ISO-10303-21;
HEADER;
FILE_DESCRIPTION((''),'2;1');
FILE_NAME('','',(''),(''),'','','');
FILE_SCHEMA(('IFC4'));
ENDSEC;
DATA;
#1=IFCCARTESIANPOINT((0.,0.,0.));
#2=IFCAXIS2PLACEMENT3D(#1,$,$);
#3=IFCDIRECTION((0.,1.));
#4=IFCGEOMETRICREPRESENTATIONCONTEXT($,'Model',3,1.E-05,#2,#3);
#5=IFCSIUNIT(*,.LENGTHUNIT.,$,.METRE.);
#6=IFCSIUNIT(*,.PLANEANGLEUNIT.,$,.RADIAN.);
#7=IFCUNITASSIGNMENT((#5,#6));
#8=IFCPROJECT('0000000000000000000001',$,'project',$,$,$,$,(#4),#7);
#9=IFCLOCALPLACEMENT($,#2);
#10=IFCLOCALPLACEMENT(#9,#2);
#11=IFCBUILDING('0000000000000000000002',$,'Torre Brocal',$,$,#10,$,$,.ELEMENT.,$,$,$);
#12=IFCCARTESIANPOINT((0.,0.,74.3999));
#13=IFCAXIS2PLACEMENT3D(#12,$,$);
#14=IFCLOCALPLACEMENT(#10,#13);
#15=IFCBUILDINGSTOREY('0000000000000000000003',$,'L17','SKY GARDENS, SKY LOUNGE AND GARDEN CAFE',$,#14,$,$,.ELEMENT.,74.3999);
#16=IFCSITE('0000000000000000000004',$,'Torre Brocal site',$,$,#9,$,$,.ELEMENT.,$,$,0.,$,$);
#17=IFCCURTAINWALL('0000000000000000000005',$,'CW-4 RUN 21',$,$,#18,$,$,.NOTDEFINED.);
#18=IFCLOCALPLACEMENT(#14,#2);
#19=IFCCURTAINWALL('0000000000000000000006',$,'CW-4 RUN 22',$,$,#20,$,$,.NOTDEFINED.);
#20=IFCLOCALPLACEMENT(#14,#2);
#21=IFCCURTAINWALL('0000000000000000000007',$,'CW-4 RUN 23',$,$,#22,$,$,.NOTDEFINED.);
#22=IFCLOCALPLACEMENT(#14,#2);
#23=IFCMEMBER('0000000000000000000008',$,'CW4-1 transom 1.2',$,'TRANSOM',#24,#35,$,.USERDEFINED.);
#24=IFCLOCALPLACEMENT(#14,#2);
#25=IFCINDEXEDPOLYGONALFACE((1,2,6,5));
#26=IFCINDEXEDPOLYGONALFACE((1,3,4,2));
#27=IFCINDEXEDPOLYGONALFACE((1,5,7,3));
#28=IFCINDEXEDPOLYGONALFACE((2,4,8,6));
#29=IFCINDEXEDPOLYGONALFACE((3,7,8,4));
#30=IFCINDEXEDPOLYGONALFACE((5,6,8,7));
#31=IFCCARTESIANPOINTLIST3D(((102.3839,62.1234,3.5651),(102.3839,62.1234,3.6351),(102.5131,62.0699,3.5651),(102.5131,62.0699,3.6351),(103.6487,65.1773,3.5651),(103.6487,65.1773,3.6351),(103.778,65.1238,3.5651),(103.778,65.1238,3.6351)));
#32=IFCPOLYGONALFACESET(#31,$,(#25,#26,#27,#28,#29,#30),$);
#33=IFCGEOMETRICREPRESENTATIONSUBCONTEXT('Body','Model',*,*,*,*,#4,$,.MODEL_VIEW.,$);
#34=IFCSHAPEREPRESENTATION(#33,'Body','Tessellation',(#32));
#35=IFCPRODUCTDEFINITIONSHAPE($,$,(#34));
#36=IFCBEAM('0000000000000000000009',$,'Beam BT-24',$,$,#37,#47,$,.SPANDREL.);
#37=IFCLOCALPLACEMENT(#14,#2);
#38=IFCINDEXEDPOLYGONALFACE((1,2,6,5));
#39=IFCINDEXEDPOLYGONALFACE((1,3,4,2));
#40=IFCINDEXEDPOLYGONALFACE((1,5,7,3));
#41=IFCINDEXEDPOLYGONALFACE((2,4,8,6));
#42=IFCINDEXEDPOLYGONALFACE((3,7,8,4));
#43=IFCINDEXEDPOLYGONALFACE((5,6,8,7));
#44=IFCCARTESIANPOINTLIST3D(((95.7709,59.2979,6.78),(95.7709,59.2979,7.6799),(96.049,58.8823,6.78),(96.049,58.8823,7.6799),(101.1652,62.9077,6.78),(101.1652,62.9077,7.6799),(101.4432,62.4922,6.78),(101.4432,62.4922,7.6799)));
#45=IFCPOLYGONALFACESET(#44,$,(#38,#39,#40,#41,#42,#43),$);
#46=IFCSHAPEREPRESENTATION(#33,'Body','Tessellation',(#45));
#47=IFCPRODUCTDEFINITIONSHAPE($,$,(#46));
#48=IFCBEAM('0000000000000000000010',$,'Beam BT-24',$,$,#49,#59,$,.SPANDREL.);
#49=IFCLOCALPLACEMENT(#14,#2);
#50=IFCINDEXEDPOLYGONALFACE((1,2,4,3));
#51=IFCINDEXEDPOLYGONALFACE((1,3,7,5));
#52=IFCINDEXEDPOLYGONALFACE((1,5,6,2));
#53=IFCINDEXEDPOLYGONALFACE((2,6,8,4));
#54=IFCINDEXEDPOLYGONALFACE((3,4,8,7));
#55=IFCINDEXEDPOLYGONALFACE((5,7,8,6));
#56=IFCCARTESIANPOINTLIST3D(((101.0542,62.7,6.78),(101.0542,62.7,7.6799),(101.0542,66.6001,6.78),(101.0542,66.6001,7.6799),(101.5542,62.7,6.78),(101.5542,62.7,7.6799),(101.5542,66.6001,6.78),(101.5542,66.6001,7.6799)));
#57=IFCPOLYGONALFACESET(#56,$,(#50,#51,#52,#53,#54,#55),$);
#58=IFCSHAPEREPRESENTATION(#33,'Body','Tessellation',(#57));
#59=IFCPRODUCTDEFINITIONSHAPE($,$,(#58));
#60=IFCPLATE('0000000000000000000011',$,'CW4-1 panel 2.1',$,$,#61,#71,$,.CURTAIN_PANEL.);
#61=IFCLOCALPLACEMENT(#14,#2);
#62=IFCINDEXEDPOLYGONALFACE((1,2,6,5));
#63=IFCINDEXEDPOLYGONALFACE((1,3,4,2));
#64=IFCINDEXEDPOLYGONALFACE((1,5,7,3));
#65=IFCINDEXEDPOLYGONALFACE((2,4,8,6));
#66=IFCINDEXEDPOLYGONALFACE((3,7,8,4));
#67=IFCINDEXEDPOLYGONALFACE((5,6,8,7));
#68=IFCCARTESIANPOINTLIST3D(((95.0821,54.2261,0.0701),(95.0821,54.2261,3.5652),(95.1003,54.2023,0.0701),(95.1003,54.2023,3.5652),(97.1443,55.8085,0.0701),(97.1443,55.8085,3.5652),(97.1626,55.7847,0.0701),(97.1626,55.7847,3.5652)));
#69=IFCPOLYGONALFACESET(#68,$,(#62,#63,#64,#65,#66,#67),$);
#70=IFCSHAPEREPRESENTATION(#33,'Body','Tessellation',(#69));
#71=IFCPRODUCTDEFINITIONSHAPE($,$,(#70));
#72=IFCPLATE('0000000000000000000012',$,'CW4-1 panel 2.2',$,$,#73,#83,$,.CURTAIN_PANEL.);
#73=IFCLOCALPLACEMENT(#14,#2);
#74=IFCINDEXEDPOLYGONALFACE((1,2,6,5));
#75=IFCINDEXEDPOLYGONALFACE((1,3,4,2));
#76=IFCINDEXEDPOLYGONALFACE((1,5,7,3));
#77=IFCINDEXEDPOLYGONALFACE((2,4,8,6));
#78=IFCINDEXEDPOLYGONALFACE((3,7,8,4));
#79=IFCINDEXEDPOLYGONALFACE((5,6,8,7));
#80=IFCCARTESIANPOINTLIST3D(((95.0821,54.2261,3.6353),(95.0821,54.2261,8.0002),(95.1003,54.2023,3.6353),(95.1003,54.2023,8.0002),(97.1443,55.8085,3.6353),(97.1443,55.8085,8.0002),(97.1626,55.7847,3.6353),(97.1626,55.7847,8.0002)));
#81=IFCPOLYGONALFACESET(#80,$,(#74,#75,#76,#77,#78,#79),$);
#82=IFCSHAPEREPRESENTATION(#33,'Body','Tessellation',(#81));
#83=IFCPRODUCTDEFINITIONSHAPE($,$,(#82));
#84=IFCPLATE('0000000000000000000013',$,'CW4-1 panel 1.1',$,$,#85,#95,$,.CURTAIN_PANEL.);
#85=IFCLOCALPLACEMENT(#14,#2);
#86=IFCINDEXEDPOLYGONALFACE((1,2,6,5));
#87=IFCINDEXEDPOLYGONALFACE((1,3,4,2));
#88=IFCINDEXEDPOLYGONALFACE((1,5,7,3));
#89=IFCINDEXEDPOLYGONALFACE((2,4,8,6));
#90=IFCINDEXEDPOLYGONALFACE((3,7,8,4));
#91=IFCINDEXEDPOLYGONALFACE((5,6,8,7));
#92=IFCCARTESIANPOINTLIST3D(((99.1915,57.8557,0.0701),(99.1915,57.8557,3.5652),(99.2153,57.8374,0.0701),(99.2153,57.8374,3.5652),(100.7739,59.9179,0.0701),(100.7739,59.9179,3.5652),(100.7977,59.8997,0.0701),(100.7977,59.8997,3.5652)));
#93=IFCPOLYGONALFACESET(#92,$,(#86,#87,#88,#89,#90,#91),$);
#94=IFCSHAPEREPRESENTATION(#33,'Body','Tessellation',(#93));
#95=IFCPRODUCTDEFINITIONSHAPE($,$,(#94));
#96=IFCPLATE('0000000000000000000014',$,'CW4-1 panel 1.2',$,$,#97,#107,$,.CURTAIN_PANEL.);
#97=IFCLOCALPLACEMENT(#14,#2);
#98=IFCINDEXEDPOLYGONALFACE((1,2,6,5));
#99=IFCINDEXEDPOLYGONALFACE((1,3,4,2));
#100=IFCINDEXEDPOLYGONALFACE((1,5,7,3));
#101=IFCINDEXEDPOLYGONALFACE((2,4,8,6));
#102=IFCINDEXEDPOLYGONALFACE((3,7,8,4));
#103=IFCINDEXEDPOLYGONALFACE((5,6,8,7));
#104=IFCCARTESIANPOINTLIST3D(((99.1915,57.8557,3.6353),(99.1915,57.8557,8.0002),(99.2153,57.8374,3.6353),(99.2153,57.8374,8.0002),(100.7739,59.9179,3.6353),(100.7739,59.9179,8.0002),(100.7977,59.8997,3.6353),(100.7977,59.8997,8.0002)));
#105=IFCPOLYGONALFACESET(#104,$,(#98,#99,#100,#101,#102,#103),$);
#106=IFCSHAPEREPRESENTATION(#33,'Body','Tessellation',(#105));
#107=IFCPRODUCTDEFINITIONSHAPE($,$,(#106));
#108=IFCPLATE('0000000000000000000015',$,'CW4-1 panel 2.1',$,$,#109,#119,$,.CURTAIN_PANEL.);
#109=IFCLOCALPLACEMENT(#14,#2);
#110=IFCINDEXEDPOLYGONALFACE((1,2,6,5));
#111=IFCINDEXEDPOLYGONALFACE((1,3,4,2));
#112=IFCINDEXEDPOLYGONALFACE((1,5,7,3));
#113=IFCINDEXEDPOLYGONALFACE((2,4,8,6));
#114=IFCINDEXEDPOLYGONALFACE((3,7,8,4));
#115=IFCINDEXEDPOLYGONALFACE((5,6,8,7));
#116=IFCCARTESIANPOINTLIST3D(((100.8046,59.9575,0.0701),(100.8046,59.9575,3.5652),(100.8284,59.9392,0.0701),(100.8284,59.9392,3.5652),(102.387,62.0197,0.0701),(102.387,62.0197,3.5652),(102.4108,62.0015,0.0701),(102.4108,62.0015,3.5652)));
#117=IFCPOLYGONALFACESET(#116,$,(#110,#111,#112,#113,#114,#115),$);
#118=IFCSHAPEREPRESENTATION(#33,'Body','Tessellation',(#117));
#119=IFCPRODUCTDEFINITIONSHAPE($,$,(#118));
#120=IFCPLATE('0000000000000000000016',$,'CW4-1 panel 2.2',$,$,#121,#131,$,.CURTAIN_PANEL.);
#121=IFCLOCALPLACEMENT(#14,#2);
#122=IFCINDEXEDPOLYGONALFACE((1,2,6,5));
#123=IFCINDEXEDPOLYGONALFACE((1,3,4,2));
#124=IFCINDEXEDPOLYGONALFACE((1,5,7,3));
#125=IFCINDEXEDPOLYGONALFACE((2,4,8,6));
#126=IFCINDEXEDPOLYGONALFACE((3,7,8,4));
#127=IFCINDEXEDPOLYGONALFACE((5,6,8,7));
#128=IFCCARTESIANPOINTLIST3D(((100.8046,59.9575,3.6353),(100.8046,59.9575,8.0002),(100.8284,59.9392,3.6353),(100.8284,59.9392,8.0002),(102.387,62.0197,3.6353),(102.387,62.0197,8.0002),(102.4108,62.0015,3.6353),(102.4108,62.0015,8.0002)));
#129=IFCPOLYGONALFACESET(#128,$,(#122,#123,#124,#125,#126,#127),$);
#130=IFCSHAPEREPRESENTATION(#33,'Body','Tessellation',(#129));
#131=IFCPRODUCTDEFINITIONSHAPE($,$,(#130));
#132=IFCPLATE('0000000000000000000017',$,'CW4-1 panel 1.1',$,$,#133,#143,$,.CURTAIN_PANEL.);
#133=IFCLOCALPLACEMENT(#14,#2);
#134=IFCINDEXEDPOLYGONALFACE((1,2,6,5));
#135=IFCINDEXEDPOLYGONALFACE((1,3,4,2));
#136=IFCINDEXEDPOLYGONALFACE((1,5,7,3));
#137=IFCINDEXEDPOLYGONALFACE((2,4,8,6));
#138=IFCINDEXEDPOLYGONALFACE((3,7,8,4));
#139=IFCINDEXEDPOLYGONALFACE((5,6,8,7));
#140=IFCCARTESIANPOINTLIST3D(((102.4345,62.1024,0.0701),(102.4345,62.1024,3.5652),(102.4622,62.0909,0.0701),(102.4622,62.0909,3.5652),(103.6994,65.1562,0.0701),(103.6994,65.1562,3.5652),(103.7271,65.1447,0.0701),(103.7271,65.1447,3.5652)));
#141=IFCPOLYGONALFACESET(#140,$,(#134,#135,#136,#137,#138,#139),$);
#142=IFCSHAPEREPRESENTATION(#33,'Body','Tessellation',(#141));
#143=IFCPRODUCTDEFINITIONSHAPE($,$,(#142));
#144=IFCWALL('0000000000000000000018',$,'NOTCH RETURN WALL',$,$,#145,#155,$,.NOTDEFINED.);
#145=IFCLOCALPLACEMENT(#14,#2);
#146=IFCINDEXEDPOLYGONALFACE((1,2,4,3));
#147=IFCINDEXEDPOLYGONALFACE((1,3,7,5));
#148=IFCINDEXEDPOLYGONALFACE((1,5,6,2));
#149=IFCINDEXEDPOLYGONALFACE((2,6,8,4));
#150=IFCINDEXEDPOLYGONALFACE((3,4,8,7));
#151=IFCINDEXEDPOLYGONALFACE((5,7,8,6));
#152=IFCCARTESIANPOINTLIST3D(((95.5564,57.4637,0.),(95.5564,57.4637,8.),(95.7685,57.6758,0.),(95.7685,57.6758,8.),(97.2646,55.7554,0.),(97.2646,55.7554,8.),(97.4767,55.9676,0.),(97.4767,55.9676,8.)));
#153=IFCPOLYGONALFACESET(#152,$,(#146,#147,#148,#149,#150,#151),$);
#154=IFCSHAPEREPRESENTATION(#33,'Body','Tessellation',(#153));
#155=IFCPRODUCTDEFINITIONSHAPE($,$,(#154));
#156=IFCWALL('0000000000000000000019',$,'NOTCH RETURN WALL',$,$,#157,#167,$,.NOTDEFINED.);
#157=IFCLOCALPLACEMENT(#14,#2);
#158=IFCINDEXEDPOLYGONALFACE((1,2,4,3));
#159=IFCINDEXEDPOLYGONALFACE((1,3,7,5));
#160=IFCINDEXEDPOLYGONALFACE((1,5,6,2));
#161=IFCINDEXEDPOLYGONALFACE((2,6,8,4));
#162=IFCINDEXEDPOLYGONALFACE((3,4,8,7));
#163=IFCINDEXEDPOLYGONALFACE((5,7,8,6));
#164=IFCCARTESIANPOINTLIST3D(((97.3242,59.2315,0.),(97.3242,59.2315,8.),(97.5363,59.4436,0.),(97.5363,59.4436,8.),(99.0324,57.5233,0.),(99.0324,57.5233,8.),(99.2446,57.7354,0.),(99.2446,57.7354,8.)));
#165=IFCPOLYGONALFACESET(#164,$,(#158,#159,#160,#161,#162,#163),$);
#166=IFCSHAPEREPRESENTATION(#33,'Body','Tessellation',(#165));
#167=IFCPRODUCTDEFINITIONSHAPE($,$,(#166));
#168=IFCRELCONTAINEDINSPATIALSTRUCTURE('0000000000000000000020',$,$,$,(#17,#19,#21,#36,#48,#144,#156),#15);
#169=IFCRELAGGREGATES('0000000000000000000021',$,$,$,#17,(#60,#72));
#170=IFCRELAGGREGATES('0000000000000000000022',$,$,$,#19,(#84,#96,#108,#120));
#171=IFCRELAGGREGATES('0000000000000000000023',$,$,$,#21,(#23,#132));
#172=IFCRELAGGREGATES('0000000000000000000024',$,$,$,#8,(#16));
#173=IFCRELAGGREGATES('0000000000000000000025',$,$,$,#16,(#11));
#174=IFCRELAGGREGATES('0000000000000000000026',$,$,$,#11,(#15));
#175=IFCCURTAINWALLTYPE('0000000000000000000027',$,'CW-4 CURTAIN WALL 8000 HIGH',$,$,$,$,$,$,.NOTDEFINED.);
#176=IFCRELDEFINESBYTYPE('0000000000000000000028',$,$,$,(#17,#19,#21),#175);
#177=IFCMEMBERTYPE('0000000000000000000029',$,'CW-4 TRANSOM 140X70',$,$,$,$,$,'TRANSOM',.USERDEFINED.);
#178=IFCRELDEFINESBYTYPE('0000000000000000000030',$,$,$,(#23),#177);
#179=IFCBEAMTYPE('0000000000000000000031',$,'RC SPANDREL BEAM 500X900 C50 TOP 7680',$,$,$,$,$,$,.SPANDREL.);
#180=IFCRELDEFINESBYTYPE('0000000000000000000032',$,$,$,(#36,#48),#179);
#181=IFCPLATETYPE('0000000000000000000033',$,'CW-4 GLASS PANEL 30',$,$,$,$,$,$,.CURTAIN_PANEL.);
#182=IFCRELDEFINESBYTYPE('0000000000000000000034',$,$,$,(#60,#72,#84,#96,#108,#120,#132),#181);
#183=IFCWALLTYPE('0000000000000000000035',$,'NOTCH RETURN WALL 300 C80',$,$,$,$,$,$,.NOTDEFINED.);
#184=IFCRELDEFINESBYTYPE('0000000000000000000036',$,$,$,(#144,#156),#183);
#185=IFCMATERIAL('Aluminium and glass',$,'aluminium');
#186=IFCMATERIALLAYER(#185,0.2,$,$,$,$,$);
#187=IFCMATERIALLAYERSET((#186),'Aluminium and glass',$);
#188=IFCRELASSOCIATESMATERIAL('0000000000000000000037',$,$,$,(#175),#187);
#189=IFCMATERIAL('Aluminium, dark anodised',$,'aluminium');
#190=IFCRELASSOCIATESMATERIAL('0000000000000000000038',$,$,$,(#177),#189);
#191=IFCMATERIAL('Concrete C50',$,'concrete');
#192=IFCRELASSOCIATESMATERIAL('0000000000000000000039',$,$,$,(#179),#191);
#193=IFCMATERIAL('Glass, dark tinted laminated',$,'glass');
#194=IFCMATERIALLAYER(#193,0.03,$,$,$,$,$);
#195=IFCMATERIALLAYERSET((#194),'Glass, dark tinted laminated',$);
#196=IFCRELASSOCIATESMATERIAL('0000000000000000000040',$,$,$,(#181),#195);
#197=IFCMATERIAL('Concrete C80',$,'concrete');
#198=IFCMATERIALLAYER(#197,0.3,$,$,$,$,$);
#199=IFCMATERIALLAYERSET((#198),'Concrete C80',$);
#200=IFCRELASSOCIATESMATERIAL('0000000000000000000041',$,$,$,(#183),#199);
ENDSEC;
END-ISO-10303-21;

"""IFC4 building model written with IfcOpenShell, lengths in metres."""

from ifc_helpers import new_model, si_unit, direction, frame, frame_2d, origin, origin_2d, place, context, subcontext, project, spatial, rectangle, extrude, material, layer, layer_set, material_profile, profile_set, type_object, element, aggregate, save


model = new_model("IFC4")

# Units and contexts
model_context = context("Model", 3, precision=1e-05, world=origin(), true_north=direction((0.0, 1.0)))
body_context = subcontext(model_context, "Body", "Model", "MODEL_VIEW")
ifc_project = project(units=[si_unit("LENGTHUNIT", "METRE"), si_unit("PLANEANGLEUNIT", "RADIAN")], contexts=[model_context])

# Site, building, storey
site_placement = place(None, origin())
site = spatial("IfcSite", under=ifc_project, at=site_placement, Name="Torre Brocal site", CompositionType="ELEMENT", RefElevation=0.0)
building_placement = place(site_placement, origin())
building = spatial("IfcBuilding", under=site, at=building_placement, Name="Torre Brocal", CompositionType="ELEMENT")
storey_placement = place(building_placement, frame((0.0, 0.0, 74.3999)))
storey = spatial("IfcBuildingStorey", under=building, at=storey_placement, Name="L17", Description="SKY GARDENS, SKY LOUNGE AND GARDEN CAFE", CompositionType="ELEMENT", Elevation=74.3999)

# Curtain wall
ifc_material_1 = material(Name="Aluminium and glass", Category="aluminium")
ifc_layer_1 = layer(ifc_material_1, 0.2)
ifc_layer_set_1 = layer_set([ifc_layer_1], Name="Aluminium and glass")
curtain_wall_type = type_object("IfcCurtainWallType", Name="CW-4 CURTAIN WALL 8000 HIGH", PredefinedType="NOTDEFINED", material=ifc_layer_set_1)
curtain_wall_1_placement = place(storey_placement, origin())
curtain_wall_1 = element("IfcCurtainWall", 1, at=curtain_wall_1_placement, inside=storey, type_object=curtain_wall_type, Name="CW-4 RUN 21", PredefinedType="NOTDEFINED")

# Curtain wall
curtain_wall_2_placement = place(storey_placement, origin())
curtain_wall_2 = element("IfcCurtainWall", 2, at=curtain_wall_2_placement, inside=storey, type_object=curtain_wall_type, Name="CW-4 RUN 22", PredefinedType="NOTDEFINED")

# Curtain wall
curtain_wall_3_placement = place(storey_placement, origin())
curtain_wall_3 = element("IfcCurtainWall", 3, at=curtain_wall_3_placement, inside=storey, type_object=curtain_wall_type, Name="CW-4 RUN 23", PredefinedType="NOTDEFINED")

# Member
ifc_material_2 = material(Name="Aluminium, dark anodised", Category="aluminium")
ifc_material_profile_1 = material_profile(ifc_material_2, rectangle(XDim=0.1399, YDim=0.0701, at=origin_2d()), Name="CW-4 TRANSOM 140X70")
ifc_profile_set_1 = profile_set([ifc_material_profile_1], Name="Aluminium, dark anodised")
member_type_1 = type_object("IfcMemberType", Name="CW-4 TRANSOM 140X70", ElementType="TRANSOM", PredefinedType="USERDEFINED", material=ifc_profile_set_1)
member_1_placement = place(storey_placement, frame((102.4485, 62.0967, 3.6001), z_axis=(0.382658, 0.92389, 0.0), x_axis=(-0.92389, 0.382658, 0.0)))
member_1 = element("IfcMember", 4, at=member_1_placement, type_object=member_type_1, Name="CW4-1 transom 1.2", ObjectType="TRANSOM", PredefinedType="USERDEFINED", context=body_context, shape_type="SweptSolid", body=[
    extrude(rectangle(XDim=0.1399, YDim=0.0701, at=origin_2d()), origin(), (0.0, 0.0, 1.0), 3.3054),
])

# Beams
ifc_material_3 = material(Name="Concrete C50", Category="concrete")
ifc_material_profile_2 = material_profile(ifc_material_3, rectangle(XDim=0.5, YDim=0.8999, at=origin_2d()), Name="RC 500X900")
ifc_profile_set_2 = profile_set([ifc_material_profile_2], Name="Concrete C50")
beam_type = type_object("IfcBeamType", Name="RC SPANDREL BEAM 500X900 C50 TOP 7680", PredefinedType="SPANDREL", material=ifc_profile_set_2)
beam_1_placement = place(storey_placement, frame((95.9099, 59.0901, 7.23), z_axis=(0.831077, 0.556158, 0.0), x_axis=(-0.556158, 0.831077, 0.0)))
element("IfcBeam", 5, at=beam_1_placement, inside=storey, type_object=beam_type, Name="Beam BT-24", PredefinedType="SPANDREL", context=body_context, shape_type="SweptSolid", body=[
    extrude(rectangle(XDim=0.5, YDim=0.8999, at=origin_2d()), origin(), (0.0, 0.0, 1.0), 6.4907),
])
beam_2_placement = place(storey_placement, frame((101.3042, 62.7, 7.23), z_axis=(0.0, 1.0, 0.0), x_axis=(-1.0, 0.0, 0.0)))
element("IfcBeam", 6, at=beam_2_placement, inside=storey, type_object=beam_type, Name="Beam BT-24", PredefinedType="SPANDREL", context=body_context, shape_type="SweptSolid", body=[
    extrude(rectangle(XDim=0.5, YDim=0.8999, at=origin_2d()), origin(), (0.0, 0.0, 1.0), 3.9001),
])

# Plates
ifc_material_4 = material(Name="Glass, dark tinted laminated", Category="glass")
ifc_layer_2 = layer(ifc_material_4, 0.03)
ifc_layer_set_2 = layer_set([ifc_layer_2], Name="Glass, dark tinted laminated")
plate_type = type_object("IfcPlateType", Name="CW-4 GLASS PANEL 30", PredefinedType="CURTAIN_PANEL", material=ifc_layer_set_2)
plate_1_placement = place(storey_placement, frame((96.1223, 55.0054, 0.0701), z_axis=(0.0, 0.0, 1.0), x_axis=(0.793353, 0.608761, 0.0)))
plate_1 = element("IfcPlate", 7, at=plate_1_placement, type_object=plate_type, Name="CW4-1 panel 2.1", PredefinedType="CURTAIN_PANEL", context=body_context, shape_type="SweptSolid", body=[
    extrude(rectangle(XDim=2.5994, YDim=0.03, at=origin_2d()), origin(), (0.0, 0.0, 1.0), 3.4951),
])
plate_2_placement = place(storey_placement, frame((96.1223, 55.0054, 3.6353), z_axis=(0.0, 0.0, 1.0), x_axis=(0.793353, 0.608761, 0.0)))
plate_2 = element("IfcPlate", 8, at=plate_2_placement, type_object=plate_type, Name="CW4-1 panel 2.2", PredefinedType="CURTAIN_PANEL", context=body_context, shape_type="SweptSolid", body=[
    extrude(rectangle(XDim=2.5994, YDim=0.03, at=origin_2d()), origin(), (0.0, 0.0, 1.0), 4.365),
])
aggregate(curtain_wall_1, [plate_1, plate_2])
plate_3_placement = place(storey_placement, frame((99.9946, 58.8777, 0.0701), z_axis=(0.0, 0.0, 1.0), x_axis=(0.608761, 0.793353, 0.0)))
plate_3 = element("IfcPlate", 9, at=plate_3_placement, type_object=plate_type, Name="CW4-1 panel 1.1", PredefinedType="CURTAIN_PANEL", context=body_context, shape_type="SweptSolid", body=[
    extrude(rectangle(XDim=2.5994, YDim=0.03, at=origin_2d()), origin(), (0.0, 0.0, 1.0), 3.4951),
])
plate_4_placement = place(storey_placement, frame((99.9946, 58.8777, 3.6353), z_axis=(0.0, 0.0, 1.0), x_axis=(0.608761, 0.793353, 0.0)))
plate_4 = element("IfcPlate", 10, at=plate_4_placement, type_object=plate_type, Name="CW4-1 panel 1.2", PredefinedType="CURTAIN_PANEL", context=body_context, shape_type="SweptSolid", body=[
    extrude(rectangle(XDim=2.5994, YDim=0.03, at=origin_2d()), origin(), (0.0, 0.0, 1.0), 4.365),
])
plate_5_placement = place(storey_placement, frame((101.6077, 60.9795, 0.0701), z_axis=(0.0, 0.0, 1.0), x_axis=(0.608761, 0.793353, 0.0)))
plate_5 = element("IfcPlate", 11, at=plate_5_placement, type_object=plate_type, Name="CW4-1 panel 2.1", PredefinedType="CURTAIN_PANEL", context=body_context, shape_type="SweptSolid", body=[
    extrude(rectangle(XDim=2.5994, YDim=0.03, at=origin_2d()), origin(), (0.0, 0.0, 1.0), 3.4951),
])
plate_6_placement = place(storey_placement, frame((101.6077, 60.9795, 3.6353), z_axis=(0.0, 0.0, 1.0), x_axis=(0.608761, 0.793353, 0.0)))
plate_6 = element("IfcPlate", 12, at=plate_6_placement, type_object=plate_type, Name="CW4-1 panel 2.2", PredefinedType="CURTAIN_PANEL", context=body_context, shape_type="SweptSolid", body=[
    extrude(rectangle(XDim=2.5994, YDim=0.03, at=origin_2d()), origin(), (0.0, 0.0, 1.0), 4.365),
])
aggregate(curtain_wall_2, [plate_3, plate_4, plate_5, plate_6])
plate_7_placement = place(storey_placement, frame((103.0808, 63.6235, 0.0701), z_axis=(0.0, 0.0, 1.0), x_axis=(0.382683, 0.92388, 0.0)))
plate_7 = element("IfcPlate", 13, at=plate_7_placement, type_object=plate_type, Name="CW4-1 panel 1.1", PredefinedType="CURTAIN_PANEL", context=body_context, shape_type="SweptSolid", body=[
    extrude(rectangle(XDim=3.3054, YDim=0.03, at=origin_2d()), origin(), (0.0, 0.0, 1.0), 3.4951),
])
aggregate(curtain_wall_3, [member_1, plate_7])

# Walls
ifc_material_5 = material(Name="Concrete C80", Category="concrete")
ifc_layer_3 = layer(ifc_material_5, 0.3)
ifc_layer_set_3 = layer_set([ifc_layer_3], Name="Concrete C80")
wall_type_1 = type_object("IfcWallType", Name="NOTCH RETURN WALL 300 C80", PredefinedType="NOTDEFINED", material=ifc_layer_set_3)
for number, where, z_axis, x_axis, name in (
    (14, (95.6624, 57.5698, 0.0), (0.0, 0.0, 1.0), (0.707107, -0.707107, 0.0), "NOTCH RETURN WALL"),
    (15, (97.4302, 59.3376, 0.0), (0.0, 0.0, 1.0), (0.707107, -0.707107, 0.0), "NOTCH RETURN WALL"),
):
    element("IfcWall", number, at=place(storey_placement, frame(where, z_axis=z_axis, x_axis=x_axis)), inside=storey, type_object=wall_type_1, Name=name, PredefinedType="NOTDEFINED", context=body_context, shape_type="SweptSolid", body=[
        extrude(rectangle(XDim=2.4158, YDim=0.3, at=frame_2d((1.208, 0.0))), origin(), (0.0, 0.0, 1.0), 8.0),
    ])

save(model, "model.ifc")
